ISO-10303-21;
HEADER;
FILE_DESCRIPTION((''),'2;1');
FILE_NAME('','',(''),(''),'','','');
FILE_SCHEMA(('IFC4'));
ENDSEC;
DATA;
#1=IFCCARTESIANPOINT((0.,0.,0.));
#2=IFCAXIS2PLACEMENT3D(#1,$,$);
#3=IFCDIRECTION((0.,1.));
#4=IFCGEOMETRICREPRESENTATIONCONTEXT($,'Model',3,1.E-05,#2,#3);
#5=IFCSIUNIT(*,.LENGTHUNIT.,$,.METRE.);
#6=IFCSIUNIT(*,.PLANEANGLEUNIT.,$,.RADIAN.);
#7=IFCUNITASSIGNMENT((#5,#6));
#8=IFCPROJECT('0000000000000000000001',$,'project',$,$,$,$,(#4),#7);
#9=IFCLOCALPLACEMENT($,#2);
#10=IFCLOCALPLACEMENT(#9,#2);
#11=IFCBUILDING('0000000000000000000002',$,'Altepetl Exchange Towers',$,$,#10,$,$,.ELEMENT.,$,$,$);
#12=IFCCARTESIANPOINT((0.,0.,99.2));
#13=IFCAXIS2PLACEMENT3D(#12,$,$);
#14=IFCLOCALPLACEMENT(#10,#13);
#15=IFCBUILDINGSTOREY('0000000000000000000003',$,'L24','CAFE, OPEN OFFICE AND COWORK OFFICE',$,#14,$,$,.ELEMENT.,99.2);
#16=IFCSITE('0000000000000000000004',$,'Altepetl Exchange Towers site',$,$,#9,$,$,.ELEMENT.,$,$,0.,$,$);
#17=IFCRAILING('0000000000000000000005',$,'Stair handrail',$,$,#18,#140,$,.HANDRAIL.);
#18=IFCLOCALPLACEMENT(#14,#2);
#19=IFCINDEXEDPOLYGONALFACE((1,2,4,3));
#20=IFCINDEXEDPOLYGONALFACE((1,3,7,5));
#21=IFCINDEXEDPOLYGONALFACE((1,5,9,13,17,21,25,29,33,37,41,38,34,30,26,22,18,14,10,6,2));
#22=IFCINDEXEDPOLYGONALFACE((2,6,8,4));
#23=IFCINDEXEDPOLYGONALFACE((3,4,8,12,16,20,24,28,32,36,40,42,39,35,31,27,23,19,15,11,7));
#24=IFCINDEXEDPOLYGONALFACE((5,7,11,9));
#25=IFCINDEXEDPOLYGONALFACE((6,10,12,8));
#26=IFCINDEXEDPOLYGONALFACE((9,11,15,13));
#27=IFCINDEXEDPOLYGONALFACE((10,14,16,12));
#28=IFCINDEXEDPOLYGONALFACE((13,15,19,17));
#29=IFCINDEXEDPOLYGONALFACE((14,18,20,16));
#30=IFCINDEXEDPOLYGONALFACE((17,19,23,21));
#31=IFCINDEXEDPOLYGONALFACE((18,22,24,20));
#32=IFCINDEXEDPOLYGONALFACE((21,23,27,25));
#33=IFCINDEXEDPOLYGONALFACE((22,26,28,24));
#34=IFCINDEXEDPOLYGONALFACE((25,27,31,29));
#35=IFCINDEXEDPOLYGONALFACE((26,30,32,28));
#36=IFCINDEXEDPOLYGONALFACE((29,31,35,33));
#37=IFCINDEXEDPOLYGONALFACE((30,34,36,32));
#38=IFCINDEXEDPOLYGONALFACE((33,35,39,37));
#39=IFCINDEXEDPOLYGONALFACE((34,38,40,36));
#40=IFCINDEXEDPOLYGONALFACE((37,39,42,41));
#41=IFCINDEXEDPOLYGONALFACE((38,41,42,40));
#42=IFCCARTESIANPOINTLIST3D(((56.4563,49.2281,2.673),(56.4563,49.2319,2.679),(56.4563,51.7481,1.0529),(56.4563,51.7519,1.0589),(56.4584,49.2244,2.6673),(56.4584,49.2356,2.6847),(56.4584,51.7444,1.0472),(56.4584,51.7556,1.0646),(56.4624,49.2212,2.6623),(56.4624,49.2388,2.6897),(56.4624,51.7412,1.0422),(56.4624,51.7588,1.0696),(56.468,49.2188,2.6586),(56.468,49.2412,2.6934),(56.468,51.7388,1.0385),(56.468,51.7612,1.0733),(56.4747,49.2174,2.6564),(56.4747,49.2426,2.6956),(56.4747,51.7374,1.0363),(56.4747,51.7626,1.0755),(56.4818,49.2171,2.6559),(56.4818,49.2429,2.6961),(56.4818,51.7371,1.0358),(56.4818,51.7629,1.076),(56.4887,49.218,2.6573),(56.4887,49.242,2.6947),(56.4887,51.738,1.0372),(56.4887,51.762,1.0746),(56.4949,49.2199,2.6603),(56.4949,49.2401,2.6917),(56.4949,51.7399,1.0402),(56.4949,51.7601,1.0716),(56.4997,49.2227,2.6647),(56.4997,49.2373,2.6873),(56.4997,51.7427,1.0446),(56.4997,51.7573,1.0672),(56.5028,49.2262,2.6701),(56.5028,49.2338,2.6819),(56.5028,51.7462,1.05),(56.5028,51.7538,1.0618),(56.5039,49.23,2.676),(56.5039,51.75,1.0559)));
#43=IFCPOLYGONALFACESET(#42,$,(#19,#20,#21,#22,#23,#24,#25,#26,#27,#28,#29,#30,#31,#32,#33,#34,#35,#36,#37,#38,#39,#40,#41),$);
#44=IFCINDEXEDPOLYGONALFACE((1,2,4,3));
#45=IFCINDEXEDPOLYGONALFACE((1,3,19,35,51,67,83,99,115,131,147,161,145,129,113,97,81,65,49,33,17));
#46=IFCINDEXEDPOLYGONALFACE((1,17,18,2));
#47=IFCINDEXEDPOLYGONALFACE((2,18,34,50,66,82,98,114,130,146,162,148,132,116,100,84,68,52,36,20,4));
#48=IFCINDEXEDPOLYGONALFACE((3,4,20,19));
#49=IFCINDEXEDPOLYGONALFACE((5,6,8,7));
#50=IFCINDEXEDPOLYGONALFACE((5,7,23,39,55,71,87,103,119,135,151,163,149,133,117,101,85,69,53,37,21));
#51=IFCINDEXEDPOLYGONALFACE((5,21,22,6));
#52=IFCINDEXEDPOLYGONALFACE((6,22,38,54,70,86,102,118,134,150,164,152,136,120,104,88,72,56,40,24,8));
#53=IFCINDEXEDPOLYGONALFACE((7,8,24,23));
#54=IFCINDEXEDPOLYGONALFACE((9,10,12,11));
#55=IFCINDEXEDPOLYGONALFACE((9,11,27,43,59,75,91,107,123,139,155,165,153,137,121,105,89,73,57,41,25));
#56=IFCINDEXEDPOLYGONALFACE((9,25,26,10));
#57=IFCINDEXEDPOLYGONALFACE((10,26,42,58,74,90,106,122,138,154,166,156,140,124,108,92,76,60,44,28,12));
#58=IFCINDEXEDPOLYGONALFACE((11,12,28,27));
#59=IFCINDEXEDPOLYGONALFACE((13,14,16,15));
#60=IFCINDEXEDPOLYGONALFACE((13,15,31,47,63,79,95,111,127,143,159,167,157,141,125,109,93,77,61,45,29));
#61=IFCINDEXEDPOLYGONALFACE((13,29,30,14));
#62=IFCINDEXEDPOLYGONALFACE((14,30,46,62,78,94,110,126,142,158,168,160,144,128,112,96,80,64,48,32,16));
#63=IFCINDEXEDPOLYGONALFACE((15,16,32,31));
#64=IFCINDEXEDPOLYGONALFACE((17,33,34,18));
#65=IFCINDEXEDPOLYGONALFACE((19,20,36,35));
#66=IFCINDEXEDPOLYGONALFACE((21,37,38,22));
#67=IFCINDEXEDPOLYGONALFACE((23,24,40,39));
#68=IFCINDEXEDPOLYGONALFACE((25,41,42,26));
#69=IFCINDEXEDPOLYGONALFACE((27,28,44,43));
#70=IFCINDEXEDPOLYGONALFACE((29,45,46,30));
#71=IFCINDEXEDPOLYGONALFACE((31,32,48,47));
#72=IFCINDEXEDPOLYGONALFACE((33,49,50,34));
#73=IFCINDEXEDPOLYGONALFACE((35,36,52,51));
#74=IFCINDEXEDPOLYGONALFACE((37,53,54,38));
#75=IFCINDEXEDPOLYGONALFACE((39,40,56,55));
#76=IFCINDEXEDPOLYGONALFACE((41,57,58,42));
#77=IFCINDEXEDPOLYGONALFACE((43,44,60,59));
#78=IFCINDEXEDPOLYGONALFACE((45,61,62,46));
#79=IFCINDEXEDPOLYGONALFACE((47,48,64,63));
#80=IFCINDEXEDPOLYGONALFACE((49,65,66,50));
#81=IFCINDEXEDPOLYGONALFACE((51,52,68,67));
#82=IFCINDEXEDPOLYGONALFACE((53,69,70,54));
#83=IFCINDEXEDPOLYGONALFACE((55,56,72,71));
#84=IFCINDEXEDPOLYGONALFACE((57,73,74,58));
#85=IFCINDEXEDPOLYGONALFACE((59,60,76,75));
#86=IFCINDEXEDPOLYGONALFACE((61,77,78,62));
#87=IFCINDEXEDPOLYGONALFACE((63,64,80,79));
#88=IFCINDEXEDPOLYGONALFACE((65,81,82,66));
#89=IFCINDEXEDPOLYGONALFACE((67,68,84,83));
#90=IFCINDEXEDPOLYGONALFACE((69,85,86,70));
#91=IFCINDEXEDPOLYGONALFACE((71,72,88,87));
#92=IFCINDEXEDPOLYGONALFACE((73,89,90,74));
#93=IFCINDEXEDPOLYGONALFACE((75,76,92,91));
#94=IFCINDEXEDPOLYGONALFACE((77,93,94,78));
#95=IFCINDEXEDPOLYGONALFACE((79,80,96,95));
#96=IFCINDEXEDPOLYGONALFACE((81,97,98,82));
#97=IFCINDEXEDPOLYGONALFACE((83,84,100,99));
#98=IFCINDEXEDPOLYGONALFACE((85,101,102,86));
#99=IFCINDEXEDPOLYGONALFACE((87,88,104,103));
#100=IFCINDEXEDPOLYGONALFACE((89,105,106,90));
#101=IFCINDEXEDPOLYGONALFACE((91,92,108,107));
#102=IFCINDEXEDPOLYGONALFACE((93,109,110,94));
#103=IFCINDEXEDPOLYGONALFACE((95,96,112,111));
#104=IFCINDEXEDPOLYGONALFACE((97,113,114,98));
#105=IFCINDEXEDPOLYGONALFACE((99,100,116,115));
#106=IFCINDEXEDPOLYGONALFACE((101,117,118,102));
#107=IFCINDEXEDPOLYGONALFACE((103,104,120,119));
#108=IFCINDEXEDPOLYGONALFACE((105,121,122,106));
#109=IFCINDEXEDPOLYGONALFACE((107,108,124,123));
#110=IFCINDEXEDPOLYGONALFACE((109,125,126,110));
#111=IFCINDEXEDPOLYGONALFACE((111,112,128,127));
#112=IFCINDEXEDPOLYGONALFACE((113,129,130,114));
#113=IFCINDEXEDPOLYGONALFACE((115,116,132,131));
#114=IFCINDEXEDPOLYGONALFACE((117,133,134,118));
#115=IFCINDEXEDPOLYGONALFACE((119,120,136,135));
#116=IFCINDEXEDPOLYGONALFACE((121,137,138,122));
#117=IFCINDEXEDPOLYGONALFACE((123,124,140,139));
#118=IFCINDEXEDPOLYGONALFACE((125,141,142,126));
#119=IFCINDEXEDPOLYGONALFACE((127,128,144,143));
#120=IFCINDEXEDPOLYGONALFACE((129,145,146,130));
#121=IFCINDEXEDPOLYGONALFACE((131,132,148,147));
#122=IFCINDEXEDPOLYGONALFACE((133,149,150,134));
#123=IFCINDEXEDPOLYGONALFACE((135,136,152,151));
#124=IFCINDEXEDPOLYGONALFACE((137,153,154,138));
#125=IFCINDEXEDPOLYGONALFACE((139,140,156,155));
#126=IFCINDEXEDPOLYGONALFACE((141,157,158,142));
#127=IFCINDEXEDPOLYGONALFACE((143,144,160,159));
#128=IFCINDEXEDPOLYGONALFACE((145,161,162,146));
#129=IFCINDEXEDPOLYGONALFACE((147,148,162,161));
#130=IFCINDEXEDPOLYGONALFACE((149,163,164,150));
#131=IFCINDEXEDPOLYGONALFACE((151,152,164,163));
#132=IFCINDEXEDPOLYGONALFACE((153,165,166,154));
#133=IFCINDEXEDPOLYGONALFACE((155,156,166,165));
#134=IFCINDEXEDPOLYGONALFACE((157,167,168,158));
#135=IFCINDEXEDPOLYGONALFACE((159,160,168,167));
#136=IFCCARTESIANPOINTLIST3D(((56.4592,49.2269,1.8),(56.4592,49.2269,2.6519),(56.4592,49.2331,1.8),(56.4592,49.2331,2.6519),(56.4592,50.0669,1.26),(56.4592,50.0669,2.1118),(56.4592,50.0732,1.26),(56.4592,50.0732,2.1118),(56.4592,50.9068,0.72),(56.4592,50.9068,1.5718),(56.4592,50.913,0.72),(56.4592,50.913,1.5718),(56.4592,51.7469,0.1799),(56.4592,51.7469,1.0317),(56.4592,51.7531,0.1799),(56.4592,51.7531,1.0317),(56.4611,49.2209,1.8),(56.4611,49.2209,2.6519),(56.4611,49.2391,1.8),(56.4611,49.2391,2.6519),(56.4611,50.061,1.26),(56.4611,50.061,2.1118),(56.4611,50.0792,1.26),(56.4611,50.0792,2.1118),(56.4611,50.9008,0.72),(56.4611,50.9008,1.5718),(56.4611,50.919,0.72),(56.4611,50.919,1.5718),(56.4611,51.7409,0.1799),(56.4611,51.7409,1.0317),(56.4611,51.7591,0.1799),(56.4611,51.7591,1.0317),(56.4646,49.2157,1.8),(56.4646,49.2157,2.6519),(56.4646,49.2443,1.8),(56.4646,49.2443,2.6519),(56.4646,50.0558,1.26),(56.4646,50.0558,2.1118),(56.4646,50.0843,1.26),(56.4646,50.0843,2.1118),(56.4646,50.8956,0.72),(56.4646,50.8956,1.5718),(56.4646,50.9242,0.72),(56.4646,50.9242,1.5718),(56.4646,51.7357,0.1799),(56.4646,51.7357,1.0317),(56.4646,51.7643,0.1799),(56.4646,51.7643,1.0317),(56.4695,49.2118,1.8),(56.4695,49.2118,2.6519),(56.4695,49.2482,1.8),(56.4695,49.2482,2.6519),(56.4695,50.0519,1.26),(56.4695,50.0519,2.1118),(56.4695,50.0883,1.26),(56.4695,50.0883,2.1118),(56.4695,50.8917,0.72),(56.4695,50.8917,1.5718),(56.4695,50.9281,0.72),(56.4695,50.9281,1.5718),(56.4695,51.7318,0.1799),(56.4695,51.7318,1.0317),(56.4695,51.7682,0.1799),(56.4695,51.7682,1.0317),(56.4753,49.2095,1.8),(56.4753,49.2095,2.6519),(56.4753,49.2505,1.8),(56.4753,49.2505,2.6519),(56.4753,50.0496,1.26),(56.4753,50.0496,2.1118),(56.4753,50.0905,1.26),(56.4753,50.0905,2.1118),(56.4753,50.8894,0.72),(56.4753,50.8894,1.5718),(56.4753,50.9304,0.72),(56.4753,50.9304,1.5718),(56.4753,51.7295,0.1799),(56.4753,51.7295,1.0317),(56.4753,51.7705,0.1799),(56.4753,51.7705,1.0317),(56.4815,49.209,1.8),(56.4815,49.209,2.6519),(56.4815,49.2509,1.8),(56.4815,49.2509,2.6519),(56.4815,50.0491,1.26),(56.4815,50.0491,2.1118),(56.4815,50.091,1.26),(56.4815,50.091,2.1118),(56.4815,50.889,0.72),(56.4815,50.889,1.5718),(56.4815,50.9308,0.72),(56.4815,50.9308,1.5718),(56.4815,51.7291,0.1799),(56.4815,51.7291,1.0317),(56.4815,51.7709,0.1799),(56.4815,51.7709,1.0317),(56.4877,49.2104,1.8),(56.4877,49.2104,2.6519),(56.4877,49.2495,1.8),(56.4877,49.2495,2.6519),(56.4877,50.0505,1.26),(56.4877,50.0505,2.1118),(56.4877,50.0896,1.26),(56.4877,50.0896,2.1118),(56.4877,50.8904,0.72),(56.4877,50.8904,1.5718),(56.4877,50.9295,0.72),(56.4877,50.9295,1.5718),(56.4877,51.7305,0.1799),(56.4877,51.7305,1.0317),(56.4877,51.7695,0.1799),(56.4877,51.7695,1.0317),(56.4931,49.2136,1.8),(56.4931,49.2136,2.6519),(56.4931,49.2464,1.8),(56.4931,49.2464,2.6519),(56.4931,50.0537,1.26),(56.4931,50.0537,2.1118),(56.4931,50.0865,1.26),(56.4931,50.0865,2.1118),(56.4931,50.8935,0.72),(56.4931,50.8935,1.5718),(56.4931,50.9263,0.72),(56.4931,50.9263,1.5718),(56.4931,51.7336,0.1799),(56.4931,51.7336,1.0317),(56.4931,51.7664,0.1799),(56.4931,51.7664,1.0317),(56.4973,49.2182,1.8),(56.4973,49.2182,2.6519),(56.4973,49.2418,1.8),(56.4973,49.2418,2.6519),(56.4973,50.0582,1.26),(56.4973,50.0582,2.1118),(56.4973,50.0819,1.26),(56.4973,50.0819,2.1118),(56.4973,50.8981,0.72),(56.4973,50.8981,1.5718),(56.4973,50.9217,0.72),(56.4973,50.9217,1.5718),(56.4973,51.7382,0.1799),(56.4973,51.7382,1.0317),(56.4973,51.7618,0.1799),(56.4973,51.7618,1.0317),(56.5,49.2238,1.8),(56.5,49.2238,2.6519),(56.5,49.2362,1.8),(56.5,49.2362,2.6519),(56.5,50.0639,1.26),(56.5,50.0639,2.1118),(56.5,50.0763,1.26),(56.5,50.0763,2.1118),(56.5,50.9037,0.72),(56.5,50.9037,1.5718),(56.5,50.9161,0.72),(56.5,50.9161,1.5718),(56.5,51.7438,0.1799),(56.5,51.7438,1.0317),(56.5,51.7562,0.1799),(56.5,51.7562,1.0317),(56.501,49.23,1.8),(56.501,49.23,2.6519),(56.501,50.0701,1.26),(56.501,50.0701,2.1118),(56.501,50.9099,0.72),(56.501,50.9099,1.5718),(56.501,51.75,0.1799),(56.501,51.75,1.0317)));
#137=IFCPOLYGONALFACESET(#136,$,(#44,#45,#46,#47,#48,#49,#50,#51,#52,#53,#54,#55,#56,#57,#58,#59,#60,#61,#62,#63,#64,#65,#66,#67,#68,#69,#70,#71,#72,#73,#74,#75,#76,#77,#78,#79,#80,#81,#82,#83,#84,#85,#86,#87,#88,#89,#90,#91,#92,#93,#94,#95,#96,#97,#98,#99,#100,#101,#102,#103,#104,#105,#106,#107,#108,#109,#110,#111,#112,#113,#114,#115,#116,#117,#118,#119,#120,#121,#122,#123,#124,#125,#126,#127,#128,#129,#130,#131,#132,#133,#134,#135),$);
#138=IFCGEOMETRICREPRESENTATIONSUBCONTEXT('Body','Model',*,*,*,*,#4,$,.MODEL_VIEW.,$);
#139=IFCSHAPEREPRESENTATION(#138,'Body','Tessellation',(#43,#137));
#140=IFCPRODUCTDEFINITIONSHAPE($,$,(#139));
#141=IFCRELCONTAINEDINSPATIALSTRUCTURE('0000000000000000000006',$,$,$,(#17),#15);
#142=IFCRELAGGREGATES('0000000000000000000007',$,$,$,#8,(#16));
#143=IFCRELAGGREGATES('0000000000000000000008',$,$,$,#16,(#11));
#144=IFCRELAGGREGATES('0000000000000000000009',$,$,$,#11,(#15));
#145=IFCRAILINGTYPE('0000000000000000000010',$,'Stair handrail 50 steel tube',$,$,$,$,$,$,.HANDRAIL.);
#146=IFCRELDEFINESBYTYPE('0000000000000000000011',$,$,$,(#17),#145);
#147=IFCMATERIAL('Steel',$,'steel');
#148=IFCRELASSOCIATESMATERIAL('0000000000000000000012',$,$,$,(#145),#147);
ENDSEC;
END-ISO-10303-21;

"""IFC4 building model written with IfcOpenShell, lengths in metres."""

from ifc_helpers import new_model, si_unit, direction, frame, origin, origin_2d, place, context, subcontext, project, spatial, circle, extrude, source, transform, mapped, material, type_object, element, save


model = new_model("IFC4")

# Units and contexts
model_context = context("Model", 3, precision=1e-05, world=origin(), true_north=direction((0.0, 1.0)))
body_context = subcontext(model_context, "Body", "Model", "MODEL_VIEW")
ifc_project = project(units=[si_unit("LENGTHUNIT", "METRE"), si_unit("PLANEANGLEUNIT", "RADIAN")], contexts=[model_context])

# Site, building, storey
site_placement = place(None, origin())
site = spatial("IfcSite", under=ifc_project, at=site_placement, Name="Altepetl Exchange Towers site", CompositionType="ELEMENT", RefElevation=0.0)
building_placement = place(site_placement, origin())
building = spatial("IfcBuilding", under=site, at=building_placement, Name="Altepetl Exchange Towers", CompositionType="ELEMENT")
storey_placement = place(building_placement, frame((0.0, 0.0, 99.2)))
storey = spatial("IfcBuildingStorey", under=building, at=storey_placement, Name="L24", Description="CAFE, OPEN OFFICE AND COWORK OFFICE", CompositionType="ELEMENT", Elevation=99.2)

# Railing
ifc_material_1 = material(Name="Steel", Category="steel")
railing_type = type_object("IfcRailingType", Name="Stair handrail 50 steel tube", PredefinedType="HANDRAIL", material=ifc_material_1)
shared_shape = source(origin(), body_context, "Body", "SweptSolid", [
    extrude(circle(Radius=0.021, at=origin_2d()), origin(), (0.0, 0.0, 1.0), 0.8518),
])
railing_1_placement = place(storey_placement, frame((56.48, 51.75, 0.1799)))
element("IfcRailing", 1, at=railing_1_placement, inside=storey, type_object=railing_type, Name="Stair handrail", PredefinedType="HANDRAIL", context=body_context, shape_type="SweptSolid", body=[
    extrude(circle(Radius=0.0239, at=origin_2d()), frame((0.0, 0.0, 0.876), z_axis=(0.0, -0.841163, 0.540782), x_axis=(1.0, 0.0, 0.0)), (0.0, 0.0, 1.0), 2.9958),
    mapped(shared_shape, transform((0.0, 0.0, 0.0))),
    mapped(shared_shape, transform((0.0, -0.8401, 0.54))),
    mapped(shared_shape, transform((0.0, -1.6799, 1.0801))),
    mapped(shared_shape, transform((0.0, -2.52, 1.6201))),
])

save(model, "model.ifc")
